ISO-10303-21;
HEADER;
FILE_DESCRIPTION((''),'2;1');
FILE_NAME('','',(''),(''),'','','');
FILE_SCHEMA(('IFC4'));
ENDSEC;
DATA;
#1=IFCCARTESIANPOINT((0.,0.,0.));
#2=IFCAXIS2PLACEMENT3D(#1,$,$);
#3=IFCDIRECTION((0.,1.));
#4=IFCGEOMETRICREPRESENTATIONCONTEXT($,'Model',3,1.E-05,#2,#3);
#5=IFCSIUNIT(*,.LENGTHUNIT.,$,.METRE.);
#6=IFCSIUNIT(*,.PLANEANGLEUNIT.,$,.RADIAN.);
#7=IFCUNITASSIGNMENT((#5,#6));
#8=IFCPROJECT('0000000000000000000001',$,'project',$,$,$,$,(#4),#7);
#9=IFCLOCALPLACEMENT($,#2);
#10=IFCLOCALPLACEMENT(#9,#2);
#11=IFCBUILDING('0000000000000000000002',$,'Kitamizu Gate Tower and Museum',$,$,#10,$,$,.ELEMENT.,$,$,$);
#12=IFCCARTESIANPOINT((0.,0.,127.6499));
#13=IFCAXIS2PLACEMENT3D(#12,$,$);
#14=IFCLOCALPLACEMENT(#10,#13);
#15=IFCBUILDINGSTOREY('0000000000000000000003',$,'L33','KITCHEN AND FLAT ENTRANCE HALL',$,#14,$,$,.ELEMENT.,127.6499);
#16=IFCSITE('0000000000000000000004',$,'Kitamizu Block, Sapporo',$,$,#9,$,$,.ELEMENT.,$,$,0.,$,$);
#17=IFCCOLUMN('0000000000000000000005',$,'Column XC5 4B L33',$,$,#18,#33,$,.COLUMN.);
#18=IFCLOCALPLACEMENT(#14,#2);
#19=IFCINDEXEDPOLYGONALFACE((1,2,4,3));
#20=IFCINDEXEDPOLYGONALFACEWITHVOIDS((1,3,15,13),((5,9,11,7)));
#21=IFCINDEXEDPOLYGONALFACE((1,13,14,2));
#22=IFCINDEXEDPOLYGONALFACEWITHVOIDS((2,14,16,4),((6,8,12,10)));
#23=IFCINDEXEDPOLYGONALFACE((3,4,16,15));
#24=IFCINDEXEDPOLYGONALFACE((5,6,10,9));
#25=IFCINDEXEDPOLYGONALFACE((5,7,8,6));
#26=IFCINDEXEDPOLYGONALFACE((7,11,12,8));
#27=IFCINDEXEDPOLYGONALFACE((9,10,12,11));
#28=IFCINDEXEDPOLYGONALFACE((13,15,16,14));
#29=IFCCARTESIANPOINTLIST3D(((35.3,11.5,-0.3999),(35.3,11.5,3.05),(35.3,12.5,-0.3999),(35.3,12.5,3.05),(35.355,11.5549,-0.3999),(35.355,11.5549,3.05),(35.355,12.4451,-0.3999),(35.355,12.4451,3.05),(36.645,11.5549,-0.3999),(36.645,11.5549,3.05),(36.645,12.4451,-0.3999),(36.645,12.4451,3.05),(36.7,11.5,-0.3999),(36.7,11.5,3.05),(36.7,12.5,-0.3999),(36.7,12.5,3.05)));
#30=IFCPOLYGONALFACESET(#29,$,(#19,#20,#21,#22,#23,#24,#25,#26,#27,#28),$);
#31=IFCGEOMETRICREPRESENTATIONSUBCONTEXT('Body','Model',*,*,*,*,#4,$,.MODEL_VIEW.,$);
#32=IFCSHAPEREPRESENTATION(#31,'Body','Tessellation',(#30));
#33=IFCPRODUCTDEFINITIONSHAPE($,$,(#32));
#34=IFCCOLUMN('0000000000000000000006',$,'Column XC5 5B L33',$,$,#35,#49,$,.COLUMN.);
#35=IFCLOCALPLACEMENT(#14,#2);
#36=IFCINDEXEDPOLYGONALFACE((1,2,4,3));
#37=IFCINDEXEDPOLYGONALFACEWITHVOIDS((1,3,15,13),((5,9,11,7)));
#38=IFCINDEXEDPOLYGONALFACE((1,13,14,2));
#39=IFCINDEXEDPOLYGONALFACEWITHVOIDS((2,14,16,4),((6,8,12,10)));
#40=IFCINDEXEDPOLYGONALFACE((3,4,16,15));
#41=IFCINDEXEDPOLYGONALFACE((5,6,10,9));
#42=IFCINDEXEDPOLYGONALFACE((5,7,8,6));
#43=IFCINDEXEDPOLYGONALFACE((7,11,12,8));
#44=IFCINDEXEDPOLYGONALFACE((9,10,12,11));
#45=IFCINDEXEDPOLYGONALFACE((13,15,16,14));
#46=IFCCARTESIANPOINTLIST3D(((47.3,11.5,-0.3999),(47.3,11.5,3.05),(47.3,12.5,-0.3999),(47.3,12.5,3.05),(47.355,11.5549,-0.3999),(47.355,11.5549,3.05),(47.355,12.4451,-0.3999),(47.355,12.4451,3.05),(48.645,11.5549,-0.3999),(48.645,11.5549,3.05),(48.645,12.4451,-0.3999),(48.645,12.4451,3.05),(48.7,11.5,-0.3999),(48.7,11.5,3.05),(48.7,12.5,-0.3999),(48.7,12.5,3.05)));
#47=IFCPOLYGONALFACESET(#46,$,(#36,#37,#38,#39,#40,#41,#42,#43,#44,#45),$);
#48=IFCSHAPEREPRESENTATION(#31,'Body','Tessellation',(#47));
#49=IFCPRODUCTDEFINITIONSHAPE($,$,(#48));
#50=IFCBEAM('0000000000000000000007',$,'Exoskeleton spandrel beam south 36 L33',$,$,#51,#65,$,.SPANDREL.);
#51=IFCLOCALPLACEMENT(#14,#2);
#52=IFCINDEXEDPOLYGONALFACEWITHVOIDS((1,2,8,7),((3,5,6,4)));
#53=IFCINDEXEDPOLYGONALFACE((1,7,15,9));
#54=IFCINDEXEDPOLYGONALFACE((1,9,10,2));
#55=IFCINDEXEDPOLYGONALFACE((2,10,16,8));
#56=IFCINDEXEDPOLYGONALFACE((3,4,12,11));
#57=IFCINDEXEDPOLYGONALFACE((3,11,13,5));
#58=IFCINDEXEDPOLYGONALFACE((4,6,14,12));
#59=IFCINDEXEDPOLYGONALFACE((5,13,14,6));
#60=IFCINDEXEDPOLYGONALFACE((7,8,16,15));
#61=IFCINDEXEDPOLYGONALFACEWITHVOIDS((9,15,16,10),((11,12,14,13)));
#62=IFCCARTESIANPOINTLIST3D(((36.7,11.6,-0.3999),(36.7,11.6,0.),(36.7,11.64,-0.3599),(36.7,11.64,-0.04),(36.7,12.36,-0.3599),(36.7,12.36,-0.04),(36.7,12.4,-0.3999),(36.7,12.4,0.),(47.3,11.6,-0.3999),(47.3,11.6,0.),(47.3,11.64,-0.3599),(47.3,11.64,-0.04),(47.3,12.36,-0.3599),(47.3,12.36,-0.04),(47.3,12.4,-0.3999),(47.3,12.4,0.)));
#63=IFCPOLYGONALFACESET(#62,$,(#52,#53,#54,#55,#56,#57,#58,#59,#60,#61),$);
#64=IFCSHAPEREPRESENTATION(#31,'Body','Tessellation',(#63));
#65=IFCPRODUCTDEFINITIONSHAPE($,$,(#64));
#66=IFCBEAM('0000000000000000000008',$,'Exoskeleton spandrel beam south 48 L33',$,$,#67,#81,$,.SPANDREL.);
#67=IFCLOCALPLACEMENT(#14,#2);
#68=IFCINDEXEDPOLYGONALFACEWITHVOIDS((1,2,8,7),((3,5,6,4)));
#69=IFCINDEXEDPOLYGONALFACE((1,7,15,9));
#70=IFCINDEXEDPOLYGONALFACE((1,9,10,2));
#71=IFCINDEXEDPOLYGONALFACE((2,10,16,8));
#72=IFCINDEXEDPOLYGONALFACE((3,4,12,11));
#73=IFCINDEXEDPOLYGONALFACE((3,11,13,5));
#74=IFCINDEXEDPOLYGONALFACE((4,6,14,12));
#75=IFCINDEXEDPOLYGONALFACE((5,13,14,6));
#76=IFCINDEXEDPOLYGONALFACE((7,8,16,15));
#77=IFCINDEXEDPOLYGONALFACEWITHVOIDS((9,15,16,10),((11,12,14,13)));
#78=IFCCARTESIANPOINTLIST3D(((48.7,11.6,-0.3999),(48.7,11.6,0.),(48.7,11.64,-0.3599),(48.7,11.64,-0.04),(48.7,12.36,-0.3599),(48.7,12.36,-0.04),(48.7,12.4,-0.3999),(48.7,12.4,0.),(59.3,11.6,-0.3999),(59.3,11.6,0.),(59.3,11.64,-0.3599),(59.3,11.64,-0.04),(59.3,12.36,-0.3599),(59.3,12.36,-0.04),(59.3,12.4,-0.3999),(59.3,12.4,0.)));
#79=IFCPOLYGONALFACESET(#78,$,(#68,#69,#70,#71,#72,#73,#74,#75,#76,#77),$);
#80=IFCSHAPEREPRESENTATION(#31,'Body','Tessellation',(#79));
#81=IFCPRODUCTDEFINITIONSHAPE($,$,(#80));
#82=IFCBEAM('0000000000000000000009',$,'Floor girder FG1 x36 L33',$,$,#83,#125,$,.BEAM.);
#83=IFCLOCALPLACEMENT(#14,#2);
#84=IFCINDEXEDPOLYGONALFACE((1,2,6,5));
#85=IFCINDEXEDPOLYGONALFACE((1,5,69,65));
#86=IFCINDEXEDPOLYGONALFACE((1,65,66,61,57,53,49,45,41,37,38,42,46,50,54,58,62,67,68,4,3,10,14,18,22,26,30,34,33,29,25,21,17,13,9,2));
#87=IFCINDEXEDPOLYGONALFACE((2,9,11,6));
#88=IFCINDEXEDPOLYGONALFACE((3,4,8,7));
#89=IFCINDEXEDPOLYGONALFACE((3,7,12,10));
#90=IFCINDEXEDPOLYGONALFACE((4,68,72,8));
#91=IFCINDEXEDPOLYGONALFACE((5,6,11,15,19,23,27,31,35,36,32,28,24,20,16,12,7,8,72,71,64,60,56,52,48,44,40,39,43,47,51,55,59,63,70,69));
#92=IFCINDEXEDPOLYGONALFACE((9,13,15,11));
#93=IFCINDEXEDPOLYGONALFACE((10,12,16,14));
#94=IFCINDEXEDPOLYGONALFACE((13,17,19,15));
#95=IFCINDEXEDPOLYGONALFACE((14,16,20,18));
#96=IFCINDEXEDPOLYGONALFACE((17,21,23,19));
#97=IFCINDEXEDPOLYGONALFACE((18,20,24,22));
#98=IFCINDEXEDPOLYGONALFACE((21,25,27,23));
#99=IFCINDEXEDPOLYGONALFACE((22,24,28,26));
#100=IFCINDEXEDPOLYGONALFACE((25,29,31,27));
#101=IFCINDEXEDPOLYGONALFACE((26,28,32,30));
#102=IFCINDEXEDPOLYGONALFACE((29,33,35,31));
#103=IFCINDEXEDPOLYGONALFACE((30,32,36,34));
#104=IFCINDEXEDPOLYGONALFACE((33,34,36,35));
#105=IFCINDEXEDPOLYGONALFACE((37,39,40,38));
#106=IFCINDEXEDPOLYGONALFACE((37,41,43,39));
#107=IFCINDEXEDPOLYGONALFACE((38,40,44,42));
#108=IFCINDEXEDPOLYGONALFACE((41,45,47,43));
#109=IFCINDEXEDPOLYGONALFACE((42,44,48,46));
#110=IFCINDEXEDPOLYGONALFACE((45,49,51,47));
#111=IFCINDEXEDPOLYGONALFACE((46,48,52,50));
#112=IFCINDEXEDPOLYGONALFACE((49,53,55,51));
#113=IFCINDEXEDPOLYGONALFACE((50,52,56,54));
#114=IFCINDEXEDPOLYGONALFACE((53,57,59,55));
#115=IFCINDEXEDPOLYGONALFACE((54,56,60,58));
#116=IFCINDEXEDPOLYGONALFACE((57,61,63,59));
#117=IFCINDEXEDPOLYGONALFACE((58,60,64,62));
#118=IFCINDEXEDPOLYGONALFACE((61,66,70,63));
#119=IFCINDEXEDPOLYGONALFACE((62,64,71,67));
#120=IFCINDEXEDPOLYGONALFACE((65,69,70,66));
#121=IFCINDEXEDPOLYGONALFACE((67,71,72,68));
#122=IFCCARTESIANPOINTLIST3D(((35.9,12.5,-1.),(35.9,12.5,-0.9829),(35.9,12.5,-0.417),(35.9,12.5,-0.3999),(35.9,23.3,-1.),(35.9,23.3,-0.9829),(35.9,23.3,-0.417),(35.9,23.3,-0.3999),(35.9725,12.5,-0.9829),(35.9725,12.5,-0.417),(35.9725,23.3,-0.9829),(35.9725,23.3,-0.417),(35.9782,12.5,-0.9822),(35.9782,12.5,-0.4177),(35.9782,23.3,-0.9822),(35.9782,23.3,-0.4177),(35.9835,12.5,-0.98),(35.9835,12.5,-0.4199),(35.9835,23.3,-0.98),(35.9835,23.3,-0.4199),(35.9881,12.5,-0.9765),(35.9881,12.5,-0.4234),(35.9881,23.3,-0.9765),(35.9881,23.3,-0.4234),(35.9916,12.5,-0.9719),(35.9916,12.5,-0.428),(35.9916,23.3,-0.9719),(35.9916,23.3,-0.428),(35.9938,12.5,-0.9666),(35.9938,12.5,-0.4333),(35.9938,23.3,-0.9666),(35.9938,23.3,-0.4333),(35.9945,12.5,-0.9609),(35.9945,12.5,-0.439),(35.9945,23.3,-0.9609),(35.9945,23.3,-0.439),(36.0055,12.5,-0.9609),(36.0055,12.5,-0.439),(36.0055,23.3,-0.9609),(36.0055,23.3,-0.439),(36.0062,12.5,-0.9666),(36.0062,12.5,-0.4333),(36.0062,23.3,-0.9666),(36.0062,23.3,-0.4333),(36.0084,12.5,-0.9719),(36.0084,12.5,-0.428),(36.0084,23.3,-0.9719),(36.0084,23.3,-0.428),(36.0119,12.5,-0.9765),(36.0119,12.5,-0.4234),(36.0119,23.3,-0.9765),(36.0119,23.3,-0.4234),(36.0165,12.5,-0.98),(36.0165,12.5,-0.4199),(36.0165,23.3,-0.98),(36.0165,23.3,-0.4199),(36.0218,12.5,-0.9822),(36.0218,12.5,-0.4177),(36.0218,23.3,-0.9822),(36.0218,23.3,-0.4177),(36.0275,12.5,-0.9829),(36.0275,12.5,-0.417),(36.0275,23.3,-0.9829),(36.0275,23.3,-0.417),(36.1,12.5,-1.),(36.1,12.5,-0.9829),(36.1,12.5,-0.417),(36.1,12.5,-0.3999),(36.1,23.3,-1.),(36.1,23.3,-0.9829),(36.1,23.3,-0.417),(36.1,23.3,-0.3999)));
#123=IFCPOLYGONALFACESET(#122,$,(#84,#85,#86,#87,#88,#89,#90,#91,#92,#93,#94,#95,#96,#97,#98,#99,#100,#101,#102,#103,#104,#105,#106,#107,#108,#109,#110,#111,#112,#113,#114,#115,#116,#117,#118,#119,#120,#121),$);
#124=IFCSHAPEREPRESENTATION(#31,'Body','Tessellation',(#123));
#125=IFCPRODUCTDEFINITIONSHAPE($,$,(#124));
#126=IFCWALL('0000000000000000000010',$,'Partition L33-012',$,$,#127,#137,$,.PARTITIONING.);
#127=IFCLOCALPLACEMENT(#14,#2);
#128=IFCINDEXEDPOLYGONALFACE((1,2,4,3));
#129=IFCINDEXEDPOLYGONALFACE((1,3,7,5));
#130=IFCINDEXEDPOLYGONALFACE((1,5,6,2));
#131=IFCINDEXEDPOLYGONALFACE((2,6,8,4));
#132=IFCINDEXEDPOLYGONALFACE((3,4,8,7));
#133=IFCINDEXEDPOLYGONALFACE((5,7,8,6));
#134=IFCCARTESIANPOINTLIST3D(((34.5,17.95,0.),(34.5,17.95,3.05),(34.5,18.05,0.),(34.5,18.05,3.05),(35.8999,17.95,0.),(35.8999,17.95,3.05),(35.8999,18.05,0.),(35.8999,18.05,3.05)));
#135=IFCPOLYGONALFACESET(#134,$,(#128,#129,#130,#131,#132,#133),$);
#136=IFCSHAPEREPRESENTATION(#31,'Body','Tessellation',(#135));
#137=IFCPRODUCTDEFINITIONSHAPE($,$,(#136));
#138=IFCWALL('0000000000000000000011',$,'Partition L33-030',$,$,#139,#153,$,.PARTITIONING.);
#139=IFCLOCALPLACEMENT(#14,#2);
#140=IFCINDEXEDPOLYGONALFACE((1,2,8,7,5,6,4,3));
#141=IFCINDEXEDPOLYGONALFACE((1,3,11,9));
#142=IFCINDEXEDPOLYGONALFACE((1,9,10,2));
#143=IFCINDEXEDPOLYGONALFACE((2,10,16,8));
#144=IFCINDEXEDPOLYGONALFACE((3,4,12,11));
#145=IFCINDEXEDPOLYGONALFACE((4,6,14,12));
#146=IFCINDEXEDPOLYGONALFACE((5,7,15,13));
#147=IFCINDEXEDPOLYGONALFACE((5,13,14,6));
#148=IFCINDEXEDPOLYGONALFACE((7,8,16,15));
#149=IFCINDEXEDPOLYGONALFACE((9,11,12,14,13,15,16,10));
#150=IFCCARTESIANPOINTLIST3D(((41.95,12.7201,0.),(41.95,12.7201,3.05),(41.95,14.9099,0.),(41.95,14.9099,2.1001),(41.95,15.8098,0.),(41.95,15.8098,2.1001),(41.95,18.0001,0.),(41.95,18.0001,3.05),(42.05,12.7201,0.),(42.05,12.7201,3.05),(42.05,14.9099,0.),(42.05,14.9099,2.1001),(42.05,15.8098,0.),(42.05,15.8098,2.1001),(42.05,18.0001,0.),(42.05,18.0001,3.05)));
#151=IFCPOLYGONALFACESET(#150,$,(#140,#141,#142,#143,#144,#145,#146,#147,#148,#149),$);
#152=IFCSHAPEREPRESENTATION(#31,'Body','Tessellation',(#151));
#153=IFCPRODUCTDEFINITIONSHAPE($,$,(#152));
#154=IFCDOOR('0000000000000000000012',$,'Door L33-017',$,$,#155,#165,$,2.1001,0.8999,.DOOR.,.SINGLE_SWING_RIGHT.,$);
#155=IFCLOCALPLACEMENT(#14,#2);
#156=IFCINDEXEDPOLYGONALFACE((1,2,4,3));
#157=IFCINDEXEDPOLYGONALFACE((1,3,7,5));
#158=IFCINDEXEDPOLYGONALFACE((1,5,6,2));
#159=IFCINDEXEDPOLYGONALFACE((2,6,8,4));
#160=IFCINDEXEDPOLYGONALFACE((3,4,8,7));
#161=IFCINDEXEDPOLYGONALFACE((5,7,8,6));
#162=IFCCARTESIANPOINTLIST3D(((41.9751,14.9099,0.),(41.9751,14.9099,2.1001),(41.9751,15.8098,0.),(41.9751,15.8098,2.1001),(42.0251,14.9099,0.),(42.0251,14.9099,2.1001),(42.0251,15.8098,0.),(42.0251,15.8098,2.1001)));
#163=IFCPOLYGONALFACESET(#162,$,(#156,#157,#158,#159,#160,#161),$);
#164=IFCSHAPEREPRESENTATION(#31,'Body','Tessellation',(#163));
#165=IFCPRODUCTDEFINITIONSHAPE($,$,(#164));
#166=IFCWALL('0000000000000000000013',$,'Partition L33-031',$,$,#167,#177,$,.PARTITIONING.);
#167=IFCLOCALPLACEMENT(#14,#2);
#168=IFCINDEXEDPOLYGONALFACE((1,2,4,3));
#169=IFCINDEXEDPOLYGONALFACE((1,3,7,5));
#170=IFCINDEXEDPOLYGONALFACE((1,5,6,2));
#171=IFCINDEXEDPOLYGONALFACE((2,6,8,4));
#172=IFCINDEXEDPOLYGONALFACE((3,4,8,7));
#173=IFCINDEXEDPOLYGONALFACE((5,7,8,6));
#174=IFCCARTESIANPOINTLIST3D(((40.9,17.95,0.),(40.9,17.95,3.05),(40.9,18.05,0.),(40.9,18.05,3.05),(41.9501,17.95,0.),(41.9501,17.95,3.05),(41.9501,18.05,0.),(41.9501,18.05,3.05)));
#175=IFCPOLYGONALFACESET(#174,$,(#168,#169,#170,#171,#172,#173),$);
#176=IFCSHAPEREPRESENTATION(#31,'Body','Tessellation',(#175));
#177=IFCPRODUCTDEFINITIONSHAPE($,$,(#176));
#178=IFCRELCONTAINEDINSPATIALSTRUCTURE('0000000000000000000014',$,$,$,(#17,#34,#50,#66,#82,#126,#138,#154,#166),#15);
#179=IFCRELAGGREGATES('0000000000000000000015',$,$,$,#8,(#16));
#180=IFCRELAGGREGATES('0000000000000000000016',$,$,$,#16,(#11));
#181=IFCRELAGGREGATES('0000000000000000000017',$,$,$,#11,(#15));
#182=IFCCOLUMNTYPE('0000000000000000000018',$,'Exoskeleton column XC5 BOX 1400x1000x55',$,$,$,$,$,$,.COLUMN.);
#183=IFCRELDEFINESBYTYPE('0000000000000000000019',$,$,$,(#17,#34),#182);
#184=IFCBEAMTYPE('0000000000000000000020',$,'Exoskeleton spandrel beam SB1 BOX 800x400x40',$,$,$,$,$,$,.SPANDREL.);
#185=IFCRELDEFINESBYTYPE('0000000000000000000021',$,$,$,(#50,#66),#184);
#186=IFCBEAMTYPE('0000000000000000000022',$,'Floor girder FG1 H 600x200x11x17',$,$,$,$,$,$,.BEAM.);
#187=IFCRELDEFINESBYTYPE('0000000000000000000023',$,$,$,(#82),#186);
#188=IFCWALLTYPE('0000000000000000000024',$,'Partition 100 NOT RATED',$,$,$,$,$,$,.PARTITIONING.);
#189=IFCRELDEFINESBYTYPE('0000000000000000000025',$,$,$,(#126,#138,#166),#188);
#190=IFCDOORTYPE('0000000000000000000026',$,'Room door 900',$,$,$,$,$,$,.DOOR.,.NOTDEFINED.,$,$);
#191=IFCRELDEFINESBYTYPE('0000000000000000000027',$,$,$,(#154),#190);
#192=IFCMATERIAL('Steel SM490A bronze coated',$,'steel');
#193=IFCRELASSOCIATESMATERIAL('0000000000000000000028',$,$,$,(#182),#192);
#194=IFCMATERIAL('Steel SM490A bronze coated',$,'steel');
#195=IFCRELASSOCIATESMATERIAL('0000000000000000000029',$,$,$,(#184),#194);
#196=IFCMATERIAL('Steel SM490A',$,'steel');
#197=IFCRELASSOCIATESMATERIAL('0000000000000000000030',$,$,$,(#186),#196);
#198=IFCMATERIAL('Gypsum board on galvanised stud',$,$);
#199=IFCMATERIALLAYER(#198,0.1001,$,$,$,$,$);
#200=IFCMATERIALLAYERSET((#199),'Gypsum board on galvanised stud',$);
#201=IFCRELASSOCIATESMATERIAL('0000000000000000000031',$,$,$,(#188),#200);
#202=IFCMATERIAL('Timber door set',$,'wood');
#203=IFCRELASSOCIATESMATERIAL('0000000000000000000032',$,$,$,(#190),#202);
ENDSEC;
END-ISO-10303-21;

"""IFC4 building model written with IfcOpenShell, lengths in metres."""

from ifc_helpers import new_model, si_unit, direction, frame, frame_2d, origin, origin_2d, place, context, subcontext, project, spatial, rectangle, hollow_rectangle, i_section, extrude, material, layer, layer_set, material_profile, profile_set, type_object, element, fill, save


model = new_model("IFC4")

# Units and contexts
model_context = context("Model", 3, precision=1e-05, world=origin(), true_north=direction((0.0, 1.0)))
body_context = subcontext(model_context, "Body", "Model", "MODEL_VIEW")
ifc_project = project(units=[si_unit("LENGTHUNIT", "METRE"), si_unit("PLANEANGLEUNIT", "RADIAN")], contexts=[model_context])

# Site, building, storey
site_placement = place(None, origin())
site = spatial("IfcSite", under=ifc_project, at=site_placement, Name="Kitamizu Block, Sapporo", CompositionType="ELEMENT", RefElevation=0.0)
building_placement = place(site_placement, origin())
building = spatial("IfcBuilding", under=site, at=building_placement, Name="Kitamizu Gate Tower and Museum", CompositionType="ELEMENT")
storey_placement = place(building_placement, frame((0.0, 0.0, 127.6499)))
storey = spatial("IfcBuildingStorey", under=building, at=storey_placement, Name="L33", Description="KITCHEN AND FLAT ENTRANCE HALL", CompositionType="ELEMENT", Elevation=127.6499)

# Columns
ifc_material_1 = material(Name="Steel SM490A bronze coated", Category="steel")
ifc_material_profile_1 = material_profile(ifc_material_1, hollow_rectangle(XDim=1.3999, YDim=1.0, WallThickness=0.0549, at=origin_2d()), Name="BOX 1400x1000x55")
ifc_profile_set_1 = profile_set([ifc_material_profile_1], Name="Steel SM490A bronze coated")
column_type = type_object("IfcColumnType", Name="Exoskeleton column XC5 BOX 1400x1000x55", PredefinedType="COLUMN", material=ifc_profile_set_1)
for number, where, z_axis, x_axis, name in (
    (1, (36.0, 12.0, -0.3999), (0.0, 0.0, 1.0), (1.0, 0.0, 0.0), "Column XC5 4B L33"),
    (2, (48.0, 12.0, -0.3999), (0.0, 0.0, 1.0), (1.0, 0.0, 0.0), "Column XC5 5B L33"),
):
    element("IfcColumn", number, at=place(storey_placement, frame(where, z_axis=z_axis, x_axis=x_axis)), inside=storey, type_object=column_type, Name=name, PredefinedType="COLUMN", context=body_context, shape_type="SweptSolid", body=[
        extrude(hollow_rectangle(XDim=1.3999, YDim=1.0, WallThickness=0.0549, at=origin_2d()), origin(), (0.0, 0.0, 1.0), 3.45),
    ])

# Beams
ifc_material_2 = material(Name="Steel SM490A bronze coated", Category="steel")
ifc_material_profile_2 = material_profile(ifc_material_2, hollow_rectangle(XDim=0.8, YDim=0.3999, WallThickness=0.04, at=origin_2d()), Name="BOX 800x400x40")
ifc_profile_set_2 = profile_set([ifc_material_profile_2], Name="Steel SM490A bronze coated")
beam_type_1 = type_object("IfcBeamType", Name="Exoskeleton spandrel beam SB1 BOX 800x400x40", PredefinedType="SPANDREL", material=ifc_profile_set_2)
for number, where, z_axis, x_axis, name in (
    (3, (36.7, 12.0, -0.2), (1.0, 0.0, 0.0), (0.0, 1.0, 0.0), "Exoskeleton spandrel beam south 36 L33"),
    (4, (48.7, 12.0, -0.2), (1.0, 0.0, 0.0), (0.0, 1.0, 0.0), "Exoskeleton spandrel beam south 48 L33"),
):
    element("IfcBeam", number, at=place(storey_placement, frame(where, z_axis=z_axis, x_axis=x_axis)), inside=storey, type_object=beam_type_1, Name=name, PredefinedType="SPANDREL", context=body_context, shape_type="SweptSolid", body=[
        extrude(hollow_rectangle(XDim=0.8, YDim=0.3999, WallThickness=0.04, at=origin_2d()), origin(), (0.0, 0.0, 1.0), 10.6001),
    ])
ifc_material_3 = material(Name="Steel SM490A", Category="steel")
ifc_material_profile_3 = material_profile(ifc_material_3, i_section(OverallWidth=0.2, OverallDepth=0.6001, WebThickness=0.011, FlangeThickness=0.0171, FilletRadius=0.022, at=origin_2d()), Name="H-600x200x11x17")
ifc_profile_set_3 = profile_set([ifc_material_profile_3], Name="Steel SM490A")
beam_type_2 = type_object("IfcBeamType", Name="Floor girder FG1 H 600x200x11x17", PredefinedType="BEAM", material=ifc_profile_set_3)
beam_placement = place(storey_placement, frame((36.0, 12.5, -0.7), z_axis=(0.0, 1.0, 0.0), x_axis=(-1.0, 0.0, 0.0)))
element("IfcBeam", 5, at=beam_placement, inside=storey, type_object=beam_type_2, Name="Floor girder FG1 x36 L33", PredefinedType="BEAM", context=body_context, shape_type="SweptSolid", body=[
    extrude(i_section(OverallWidth=0.2, OverallDepth=0.6001, WebThickness=0.011, FlangeThickness=0.0171, FilletRadius=0.022, at=origin_2d()), origin(), (0.0, 0.0, 1.0), 10.8),
])

# Wall
ifc_material_4 = material(Name="Gypsum board on galvanised stud")
ifc_layer_1 = layer(ifc_material_4, 0.1001)
ifc_layer_set_1 = layer_set([ifc_layer_1], Name="Gypsum board on galvanised stud")
wall_type_1 = type_object("IfcWallType", Name="Partition 100 NOT RATED", PredefinedType="PARTITIONING", material=ifc_layer_set_1)
wall_1_placement = place(storey_placement, frame((35.8999, 18.0, 0.0), z_axis=(0.0, 0.0, 1.0), x_axis=(-1.0, 0.0, 0.0)))
element("IfcWall", 6, at=wall_1_placement, inside=storey, type_object=wall_type_1, Name="Partition L33-012", PredefinedType="PARTITIONING", context=body_context, shape_type="SweptSolid", body=[
    extrude(rectangle(XDim=1.3999, YDim=0.1001, at=frame_2d((0.7, 0.0))), origin(), (0.0, 0.0, 1.0), 3.05),
])

# Wall, opening, door
wall_2_placement = place(storey_placement, frame((42.0, 12.72, 0.0), z_axis=(0.0, 0.0, 1.0), x_axis=(0.0, 1.0, 0.0)))
wall_2 = element("IfcWall", 7, at=wall_2_placement, inside=storey, type_object=wall_type_1, Name="Partition L33-030", PredefinedType="PARTITIONING", context=body_context, shape_type="SweptSolid", body=[
    extrude(rectangle(XDim=5.28, YDim=0.1001, at=frame_2d((2.6401, 0.0))), origin(), (0.0, 0.0, 1.0), 3.05),
])
opening_1_placement = place(wall_2_placement, frame((2.1899, 0.0, 0.0)))
opening_1 = element("IfcOpeningElement", 8, at=opening_1_placement, cuts=wall_2, PredefinedType="OPENING", context=body_context, shape_type="SweptSolid", body=[
    extrude(rectangle(XDim=0.8999, YDim=2.1001, at=frame_2d((0.45, 1.05))), frame((0.0, 0.0601, 0.0), z_axis=(0.0, -1.0, 0.0), x_axis=(1.0, 0.0, 0.0)), (0.0, 0.0, 1.0), 0.1201),
])
ifc_material_5 = material(Name="Timber door set", Category="wood")
door_type = type_object("IfcDoorType", Name="Room door 900", OperationType="NOTDEFINED", PredefinedType="DOOR", material=ifc_material_5)
door_1_placement = place(opening_1_placement, origin())
door_1 = element("IfcDoor", 9, at=door_1_placement, inside=storey, type_object=door_type, Name="Door L33-017", OperationType="SINGLE_SWING_RIGHT", OverallHeight=2.1001, OverallWidth=0.8999, PredefinedType="DOOR", context=body_context, shape_type="SweptSolid", body=[
    extrude(rectangle(XDim=0.8999, YDim=2.1001, at=frame_2d((0.45, 1.05))), frame((0.0, 0.0249, 0.0), z_axis=(0.0, -1.0, 0.0), x_axis=(1.0, 0.0, 0.0)), (0.0, 0.0, 1.0), 0.05),
])
fill(opening_1, door_1)

# Wall
wall_3_placement = place(storey_placement, frame((41.95, 18.0, 0.0), z_axis=(0.0, 0.0, 1.0), x_axis=(-1.0, 0.0, 0.0)))
element("IfcWall", 10, at=wall_3_placement, inside=storey, type_object=wall_type_1, Name="Partition L33-031", PredefinedType="PARTITIONING", context=body_context, shape_type="SweptSolid", body=[
    extrude(rectangle(XDim=1.05, YDim=0.1001, at=frame_2d((0.5249, 0.0))), origin(), (0.0, 0.0, 1.0), 3.05),
])

save(model, "model.ifc")
